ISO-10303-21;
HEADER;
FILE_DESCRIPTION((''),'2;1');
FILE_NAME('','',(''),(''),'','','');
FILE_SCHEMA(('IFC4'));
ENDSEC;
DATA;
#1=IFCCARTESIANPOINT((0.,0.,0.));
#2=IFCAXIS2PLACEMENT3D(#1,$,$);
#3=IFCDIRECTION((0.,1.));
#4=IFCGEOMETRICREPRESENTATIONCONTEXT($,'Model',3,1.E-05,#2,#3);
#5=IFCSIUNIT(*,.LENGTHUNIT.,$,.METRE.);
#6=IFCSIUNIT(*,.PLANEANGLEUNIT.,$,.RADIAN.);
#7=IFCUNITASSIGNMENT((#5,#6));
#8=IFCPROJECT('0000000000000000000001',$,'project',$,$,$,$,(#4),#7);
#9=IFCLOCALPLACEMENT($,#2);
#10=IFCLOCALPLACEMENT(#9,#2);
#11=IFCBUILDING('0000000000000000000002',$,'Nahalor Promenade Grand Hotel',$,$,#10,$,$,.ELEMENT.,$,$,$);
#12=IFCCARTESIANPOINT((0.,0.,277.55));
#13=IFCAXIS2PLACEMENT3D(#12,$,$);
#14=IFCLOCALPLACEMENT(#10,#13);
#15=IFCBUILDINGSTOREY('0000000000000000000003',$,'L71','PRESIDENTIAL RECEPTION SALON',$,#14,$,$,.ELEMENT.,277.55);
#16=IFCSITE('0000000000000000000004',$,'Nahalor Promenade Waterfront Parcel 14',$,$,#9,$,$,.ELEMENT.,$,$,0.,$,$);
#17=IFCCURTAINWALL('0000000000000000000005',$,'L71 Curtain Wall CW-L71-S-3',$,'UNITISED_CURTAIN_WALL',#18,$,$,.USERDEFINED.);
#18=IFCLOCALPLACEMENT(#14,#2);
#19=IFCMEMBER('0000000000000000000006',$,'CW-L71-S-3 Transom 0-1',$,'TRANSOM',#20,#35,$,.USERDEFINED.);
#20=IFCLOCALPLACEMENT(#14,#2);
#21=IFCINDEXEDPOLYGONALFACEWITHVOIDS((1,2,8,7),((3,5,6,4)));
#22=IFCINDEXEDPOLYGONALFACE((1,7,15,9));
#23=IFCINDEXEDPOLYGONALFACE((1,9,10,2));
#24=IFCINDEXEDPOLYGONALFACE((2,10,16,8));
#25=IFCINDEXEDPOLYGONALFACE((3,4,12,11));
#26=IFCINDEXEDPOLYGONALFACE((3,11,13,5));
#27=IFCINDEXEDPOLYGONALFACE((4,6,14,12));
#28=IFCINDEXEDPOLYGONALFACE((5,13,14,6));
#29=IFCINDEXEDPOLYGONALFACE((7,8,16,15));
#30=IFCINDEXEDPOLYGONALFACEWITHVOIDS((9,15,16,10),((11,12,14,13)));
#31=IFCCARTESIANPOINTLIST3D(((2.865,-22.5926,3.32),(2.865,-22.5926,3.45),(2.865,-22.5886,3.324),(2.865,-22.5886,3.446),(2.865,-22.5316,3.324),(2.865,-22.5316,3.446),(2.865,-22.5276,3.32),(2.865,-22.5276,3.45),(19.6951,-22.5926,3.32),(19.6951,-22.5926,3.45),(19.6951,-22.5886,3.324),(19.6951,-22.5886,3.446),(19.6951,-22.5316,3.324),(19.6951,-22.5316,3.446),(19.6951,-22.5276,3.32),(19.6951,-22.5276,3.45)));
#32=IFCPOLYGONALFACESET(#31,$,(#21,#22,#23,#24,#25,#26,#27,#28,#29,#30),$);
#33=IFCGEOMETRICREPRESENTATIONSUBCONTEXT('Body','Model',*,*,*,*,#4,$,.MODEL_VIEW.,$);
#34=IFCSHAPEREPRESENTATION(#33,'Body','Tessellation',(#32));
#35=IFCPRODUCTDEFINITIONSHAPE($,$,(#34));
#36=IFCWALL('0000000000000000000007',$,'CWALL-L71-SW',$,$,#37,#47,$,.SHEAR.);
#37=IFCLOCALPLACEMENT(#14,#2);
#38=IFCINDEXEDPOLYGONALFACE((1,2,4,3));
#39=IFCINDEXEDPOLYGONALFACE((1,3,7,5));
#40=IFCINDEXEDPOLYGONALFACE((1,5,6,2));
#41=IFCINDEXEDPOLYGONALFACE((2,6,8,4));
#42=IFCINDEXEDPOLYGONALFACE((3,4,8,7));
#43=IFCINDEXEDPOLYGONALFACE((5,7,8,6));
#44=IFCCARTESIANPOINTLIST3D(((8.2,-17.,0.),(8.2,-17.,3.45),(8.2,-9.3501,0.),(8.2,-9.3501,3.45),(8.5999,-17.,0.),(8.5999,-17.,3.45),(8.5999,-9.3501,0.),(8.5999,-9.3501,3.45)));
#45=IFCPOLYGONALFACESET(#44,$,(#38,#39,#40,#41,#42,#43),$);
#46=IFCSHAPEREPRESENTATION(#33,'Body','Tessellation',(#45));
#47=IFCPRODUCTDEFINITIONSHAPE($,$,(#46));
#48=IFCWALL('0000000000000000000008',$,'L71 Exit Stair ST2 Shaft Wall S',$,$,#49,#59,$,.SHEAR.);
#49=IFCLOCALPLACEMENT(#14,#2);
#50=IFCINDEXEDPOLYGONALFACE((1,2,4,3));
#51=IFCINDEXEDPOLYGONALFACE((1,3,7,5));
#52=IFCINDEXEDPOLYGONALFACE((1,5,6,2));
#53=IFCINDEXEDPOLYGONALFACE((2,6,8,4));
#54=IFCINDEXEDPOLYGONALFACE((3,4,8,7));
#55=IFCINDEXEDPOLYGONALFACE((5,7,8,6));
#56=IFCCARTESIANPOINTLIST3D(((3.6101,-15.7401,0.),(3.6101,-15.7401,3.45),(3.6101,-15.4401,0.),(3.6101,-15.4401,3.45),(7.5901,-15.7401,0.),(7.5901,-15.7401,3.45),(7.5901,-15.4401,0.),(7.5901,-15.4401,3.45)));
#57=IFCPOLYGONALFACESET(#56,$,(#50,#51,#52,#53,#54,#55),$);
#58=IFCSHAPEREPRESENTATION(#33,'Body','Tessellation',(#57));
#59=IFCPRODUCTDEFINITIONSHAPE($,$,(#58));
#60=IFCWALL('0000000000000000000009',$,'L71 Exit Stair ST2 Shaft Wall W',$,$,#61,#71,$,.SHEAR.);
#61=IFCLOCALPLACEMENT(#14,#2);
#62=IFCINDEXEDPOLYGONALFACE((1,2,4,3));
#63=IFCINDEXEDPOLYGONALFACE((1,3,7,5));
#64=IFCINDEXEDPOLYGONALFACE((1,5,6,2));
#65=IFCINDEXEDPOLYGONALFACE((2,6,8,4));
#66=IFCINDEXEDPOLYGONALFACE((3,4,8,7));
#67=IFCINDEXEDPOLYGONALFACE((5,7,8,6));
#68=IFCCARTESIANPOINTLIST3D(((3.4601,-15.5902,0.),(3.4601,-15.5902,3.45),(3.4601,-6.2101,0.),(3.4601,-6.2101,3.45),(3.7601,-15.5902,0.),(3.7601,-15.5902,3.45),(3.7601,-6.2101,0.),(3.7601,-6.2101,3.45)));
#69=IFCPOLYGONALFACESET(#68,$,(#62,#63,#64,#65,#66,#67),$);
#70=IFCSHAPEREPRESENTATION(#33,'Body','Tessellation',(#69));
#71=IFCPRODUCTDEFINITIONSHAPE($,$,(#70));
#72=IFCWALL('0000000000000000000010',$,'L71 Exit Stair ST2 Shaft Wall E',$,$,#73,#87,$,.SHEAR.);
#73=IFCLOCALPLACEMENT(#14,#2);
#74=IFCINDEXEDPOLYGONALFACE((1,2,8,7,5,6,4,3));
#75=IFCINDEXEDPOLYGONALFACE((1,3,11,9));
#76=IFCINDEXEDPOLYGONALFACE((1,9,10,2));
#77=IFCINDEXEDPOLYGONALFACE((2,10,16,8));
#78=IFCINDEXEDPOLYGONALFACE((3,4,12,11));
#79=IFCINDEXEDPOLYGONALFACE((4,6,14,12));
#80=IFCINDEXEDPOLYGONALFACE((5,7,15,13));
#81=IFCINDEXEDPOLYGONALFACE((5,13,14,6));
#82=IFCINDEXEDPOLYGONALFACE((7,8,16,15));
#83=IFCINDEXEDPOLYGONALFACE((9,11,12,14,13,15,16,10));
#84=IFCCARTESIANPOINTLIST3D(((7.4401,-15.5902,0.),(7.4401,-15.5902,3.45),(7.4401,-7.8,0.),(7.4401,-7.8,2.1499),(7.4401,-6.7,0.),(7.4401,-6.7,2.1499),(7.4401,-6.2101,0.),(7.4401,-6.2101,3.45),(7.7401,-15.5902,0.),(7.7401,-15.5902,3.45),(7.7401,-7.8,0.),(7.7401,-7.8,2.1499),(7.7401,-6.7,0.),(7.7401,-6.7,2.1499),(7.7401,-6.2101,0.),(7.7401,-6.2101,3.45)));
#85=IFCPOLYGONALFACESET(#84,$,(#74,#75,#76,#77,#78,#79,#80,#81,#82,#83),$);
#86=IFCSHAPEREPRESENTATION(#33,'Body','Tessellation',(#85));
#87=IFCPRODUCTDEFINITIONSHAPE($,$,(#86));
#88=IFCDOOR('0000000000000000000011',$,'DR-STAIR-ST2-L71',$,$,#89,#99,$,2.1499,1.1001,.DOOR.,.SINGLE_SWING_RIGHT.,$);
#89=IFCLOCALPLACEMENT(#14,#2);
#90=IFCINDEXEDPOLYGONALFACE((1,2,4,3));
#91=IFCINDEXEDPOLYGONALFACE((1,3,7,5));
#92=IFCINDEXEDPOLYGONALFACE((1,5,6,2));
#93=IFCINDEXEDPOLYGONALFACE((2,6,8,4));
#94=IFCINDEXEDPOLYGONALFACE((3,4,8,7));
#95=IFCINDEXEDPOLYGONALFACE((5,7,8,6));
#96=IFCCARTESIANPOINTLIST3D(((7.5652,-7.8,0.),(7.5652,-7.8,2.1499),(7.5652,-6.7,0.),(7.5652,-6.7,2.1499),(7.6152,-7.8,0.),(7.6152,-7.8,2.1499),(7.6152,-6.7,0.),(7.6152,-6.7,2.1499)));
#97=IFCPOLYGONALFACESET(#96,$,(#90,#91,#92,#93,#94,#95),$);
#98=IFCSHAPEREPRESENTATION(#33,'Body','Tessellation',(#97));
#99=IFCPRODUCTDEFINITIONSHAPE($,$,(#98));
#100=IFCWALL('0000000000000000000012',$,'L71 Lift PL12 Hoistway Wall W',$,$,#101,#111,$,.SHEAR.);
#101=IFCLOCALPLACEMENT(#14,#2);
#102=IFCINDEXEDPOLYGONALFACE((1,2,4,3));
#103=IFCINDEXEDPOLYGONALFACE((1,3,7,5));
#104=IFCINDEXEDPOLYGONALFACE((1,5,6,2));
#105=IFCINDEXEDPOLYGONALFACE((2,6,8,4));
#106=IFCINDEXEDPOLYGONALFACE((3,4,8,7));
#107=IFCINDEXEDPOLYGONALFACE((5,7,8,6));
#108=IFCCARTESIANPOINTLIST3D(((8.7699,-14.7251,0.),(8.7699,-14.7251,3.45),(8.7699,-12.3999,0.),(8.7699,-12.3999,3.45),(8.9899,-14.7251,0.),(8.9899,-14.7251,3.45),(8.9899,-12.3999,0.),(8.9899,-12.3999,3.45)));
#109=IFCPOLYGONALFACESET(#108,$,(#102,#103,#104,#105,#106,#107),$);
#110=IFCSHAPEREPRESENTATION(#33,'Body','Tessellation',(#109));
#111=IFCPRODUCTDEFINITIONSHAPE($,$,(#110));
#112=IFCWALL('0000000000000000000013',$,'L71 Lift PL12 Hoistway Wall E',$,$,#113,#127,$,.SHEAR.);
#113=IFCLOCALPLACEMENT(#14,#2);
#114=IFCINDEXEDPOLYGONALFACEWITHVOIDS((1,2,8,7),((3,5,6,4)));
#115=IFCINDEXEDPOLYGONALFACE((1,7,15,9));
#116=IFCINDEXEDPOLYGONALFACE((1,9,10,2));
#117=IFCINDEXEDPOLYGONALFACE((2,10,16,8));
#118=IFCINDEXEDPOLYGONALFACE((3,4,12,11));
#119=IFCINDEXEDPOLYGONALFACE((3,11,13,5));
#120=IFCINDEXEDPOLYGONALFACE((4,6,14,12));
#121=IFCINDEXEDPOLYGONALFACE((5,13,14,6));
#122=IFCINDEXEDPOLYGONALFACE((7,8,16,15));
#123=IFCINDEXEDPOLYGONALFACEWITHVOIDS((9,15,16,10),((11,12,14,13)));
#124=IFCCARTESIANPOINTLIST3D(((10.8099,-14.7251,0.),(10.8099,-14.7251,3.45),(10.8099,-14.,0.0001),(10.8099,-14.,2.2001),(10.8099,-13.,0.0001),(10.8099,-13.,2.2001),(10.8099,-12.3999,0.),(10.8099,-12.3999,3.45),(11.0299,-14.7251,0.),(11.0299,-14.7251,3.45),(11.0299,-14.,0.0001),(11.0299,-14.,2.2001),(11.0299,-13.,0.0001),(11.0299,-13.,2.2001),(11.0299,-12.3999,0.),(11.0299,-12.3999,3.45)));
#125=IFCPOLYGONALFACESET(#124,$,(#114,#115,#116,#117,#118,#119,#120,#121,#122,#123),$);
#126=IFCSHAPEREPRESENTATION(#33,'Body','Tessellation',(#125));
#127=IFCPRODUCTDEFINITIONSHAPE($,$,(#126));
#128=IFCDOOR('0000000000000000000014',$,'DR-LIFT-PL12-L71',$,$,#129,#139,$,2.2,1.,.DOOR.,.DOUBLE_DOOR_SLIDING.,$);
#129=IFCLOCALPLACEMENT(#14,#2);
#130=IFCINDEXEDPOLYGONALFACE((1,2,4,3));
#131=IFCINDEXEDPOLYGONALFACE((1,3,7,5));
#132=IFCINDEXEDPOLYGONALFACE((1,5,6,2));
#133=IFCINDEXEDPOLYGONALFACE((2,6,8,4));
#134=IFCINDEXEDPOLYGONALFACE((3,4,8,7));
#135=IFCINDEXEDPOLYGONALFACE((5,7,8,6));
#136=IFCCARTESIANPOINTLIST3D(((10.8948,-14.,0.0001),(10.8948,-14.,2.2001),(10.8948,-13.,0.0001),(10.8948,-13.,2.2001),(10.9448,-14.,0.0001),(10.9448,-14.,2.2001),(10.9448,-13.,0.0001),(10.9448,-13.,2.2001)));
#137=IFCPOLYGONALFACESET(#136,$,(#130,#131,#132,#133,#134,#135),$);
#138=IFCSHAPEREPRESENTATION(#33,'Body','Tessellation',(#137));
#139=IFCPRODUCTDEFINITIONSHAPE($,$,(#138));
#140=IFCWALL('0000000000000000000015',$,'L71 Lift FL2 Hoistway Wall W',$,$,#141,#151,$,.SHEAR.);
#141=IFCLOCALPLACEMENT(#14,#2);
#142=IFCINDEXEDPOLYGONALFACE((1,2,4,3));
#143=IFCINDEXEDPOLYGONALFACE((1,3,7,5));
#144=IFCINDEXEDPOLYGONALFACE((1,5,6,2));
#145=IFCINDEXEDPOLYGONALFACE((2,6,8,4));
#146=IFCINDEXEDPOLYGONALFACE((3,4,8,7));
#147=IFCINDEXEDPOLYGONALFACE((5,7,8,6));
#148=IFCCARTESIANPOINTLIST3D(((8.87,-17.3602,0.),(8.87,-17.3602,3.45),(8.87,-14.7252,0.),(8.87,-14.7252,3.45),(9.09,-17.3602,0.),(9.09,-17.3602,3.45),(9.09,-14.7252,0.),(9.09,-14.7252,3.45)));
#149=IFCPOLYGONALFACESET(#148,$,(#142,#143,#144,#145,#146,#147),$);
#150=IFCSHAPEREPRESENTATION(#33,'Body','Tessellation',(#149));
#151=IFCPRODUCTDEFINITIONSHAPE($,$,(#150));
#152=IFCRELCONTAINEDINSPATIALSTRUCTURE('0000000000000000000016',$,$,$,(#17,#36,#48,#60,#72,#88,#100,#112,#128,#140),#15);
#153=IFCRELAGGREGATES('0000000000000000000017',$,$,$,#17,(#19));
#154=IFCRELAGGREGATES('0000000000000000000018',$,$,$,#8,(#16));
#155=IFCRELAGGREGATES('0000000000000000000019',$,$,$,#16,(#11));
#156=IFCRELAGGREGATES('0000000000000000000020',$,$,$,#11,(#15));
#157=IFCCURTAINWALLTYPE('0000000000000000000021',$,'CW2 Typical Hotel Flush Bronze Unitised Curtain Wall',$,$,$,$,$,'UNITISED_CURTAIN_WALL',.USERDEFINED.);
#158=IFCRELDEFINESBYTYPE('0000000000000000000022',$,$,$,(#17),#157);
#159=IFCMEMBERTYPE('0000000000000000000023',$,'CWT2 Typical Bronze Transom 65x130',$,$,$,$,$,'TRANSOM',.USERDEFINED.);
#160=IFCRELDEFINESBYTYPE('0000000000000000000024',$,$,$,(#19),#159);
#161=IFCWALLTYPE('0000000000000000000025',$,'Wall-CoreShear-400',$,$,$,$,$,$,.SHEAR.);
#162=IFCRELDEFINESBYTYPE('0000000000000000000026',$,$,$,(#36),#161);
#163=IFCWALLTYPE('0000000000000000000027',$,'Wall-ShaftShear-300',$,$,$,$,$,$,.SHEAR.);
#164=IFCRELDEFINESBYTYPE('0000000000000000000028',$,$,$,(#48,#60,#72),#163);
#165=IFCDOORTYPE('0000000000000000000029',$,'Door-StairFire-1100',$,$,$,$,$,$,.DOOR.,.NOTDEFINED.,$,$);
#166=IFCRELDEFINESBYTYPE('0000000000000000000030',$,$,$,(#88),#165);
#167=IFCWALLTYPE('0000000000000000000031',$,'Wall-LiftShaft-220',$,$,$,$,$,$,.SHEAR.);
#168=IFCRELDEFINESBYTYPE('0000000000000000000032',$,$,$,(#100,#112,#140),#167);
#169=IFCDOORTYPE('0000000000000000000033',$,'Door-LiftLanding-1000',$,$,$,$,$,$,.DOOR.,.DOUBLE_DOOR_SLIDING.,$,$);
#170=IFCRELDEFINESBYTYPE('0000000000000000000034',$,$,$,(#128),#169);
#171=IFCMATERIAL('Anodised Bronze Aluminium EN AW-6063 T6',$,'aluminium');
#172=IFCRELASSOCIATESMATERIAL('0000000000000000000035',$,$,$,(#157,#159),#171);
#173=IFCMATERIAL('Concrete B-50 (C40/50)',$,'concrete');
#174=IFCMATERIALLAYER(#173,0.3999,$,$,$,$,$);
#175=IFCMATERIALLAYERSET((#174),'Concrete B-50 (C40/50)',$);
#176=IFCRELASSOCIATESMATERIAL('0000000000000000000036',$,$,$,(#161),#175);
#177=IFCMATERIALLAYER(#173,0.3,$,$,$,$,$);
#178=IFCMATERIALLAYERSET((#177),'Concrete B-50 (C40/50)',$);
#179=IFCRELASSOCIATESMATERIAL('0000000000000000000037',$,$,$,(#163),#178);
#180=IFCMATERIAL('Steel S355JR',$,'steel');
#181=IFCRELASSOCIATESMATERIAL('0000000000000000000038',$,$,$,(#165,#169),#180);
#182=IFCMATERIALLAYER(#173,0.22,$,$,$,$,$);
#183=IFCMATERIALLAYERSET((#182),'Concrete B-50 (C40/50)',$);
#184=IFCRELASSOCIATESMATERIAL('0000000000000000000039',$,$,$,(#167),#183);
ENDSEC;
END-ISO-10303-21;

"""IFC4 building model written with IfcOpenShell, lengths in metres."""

from ifc_helpers import new_model, si_unit, direction, frame, frame_2d, origin, origin_2d, place, context, subcontext, project, spatial, rectangle, hollow_rectangle, extrude, source, transform, mapped, material, layer, layer_set, material_profile, profile_set, type_object, element, fill, aggregate, save


model = new_model("IFC4")

# Units and contexts
model_context = context("Model", 3, precision=1e-05, world=origin(), true_north=direction((0.0, 1.0)))
body_context = subcontext(model_context, "Body", "Model", "MODEL_VIEW")
ifc_project = project(units=[si_unit("LENGTHUNIT", "METRE"), si_unit("PLANEANGLEUNIT", "RADIAN")], contexts=[model_context])

# Site, building, storey
site_placement = place(None, origin())
site = spatial("IfcSite", under=ifc_project, at=site_placement, Name="Nahalor Promenade Waterfront Parcel 14", CompositionType="ELEMENT", RefElevation=0.0)
building_placement = place(site_placement, origin())
building = spatial("IfcBuilding", under=site, at=building_placement, Name="Nahalor Promenade Grand Hotel", CompositionType="ELEMENT")
storey_placement = place(building_placement, frame((0.0, 0.0, 277.55)))
storey = spatial("IfcBuildingStorey", under=building, at=storey_placement, Name="L71", Description="PRESIDENTIAL RECEPTION SALON", CompositionType="ELEMENT", Elevation=277.55)

# Shared definitions
ifc_material_1 = material(Name="Concrete B-50 (C40/50)", Category="concrete")
ifc_material_2 = material(Name="Steel S355JR", Category="steel")

# Curtain wall, member
ifc_material_3 = material(Name="Anodised Bronze Aluminium EN AW-6063 T6", Category="aluminium")
curtain_wall_type = type_object("IfcCurtainWallType", Name="CW2 Typical Hotel Flush Bronze Unitised Curtain Wall", ElementType="UNITISED_CURTAIN_WALL", PredefinedType="USERDEFINED", material=ifc_material_3)
curtain_wall_placement = place(storey_placement, origin())
curtain_wall = element("IfcCurtainWall", 1, at=curtain_wall_placement, inside=storey, type_object=curtain_wall_type, Name="L71 Curtain Wall CW-L71-S-3", ObjectType="UNITISED_CURTAIN_WALL", PredefinedType="USERDEFINED")
ifc_material_profile_1 = material_profile(ifc_material_3, hollow_rectangle(XDim=0.065, YDim=0.13, WallThickness=0.004, at=origin_2d()), Name="CWT 65x130x4")
ifc_profile_set_1 = profile_set([ifc_material_profile_1], Name="Anodised Bronze Aluminium EN AW-6063 T6")
member_type_1 = type_object("IfcMemberType", Name="CWT2 Typical Bronze Transom 65x130", ElementType="TRANSOM", PredefinedType="USERDEFINED", material=ifc_profile_set_1)
shared_shape_1 = source(origin(), body_context, "Body", "SweptSolid", [
    extrude(hollow_rectangle(XDim=0.065, YDim=0.13, WallThickness=0.004, at=origin_2d()), origin(), (0.0, 0.0, 1.0), 16.8301),
])
member_1_placement = place(storey_placement, frame((2.865, -22.5601, 3.385), z_axis=(1.0, 0.0, 0.0), x_axis=(0.0, 1.0, 0.0)))
member_1 = element("IfcMember", 2, at=member_1_placement, type_object=member_type_1, Name="CW-L71-S-3 Transom 0-1", ObjectType="TRANSOM", PredefinedType="USERDEFINED", context=body_context, shape_type="MappedRepresentation", body=[
    mapped(shared_shape_1, transform((0.0, 0.0, 0.0), scale=1.0)),
])
aggregate(curtain_wall, [member_1])

# Walls
ifc_layer_1 = layer(ifc_material_1, 0.3999)
ifc_layer_set_1 = layer_set([ifc_layer_1], Name="Concrete B-50 (C40/50)")
wall_type_1 = type_object("IfcWallType", Name="Wall-CoreShear-400", PredefinedType="SHEAR", material=ifc_layer_set_1)
shared_shape_2 = source(origin(), body_context, "Body", "SweptSolid", [
    extrude(rectangle(XDim=7.6499, YDim=0.3999, at=frame_2d((3.825, 0.0))), origin(), (0.0, 0.0, 1.0), 3.45),
])
wall_1_placement = place(storey_placement, frame((8.3999, -17.0, 0.0), z_axis=(0.0, 0.0, 1.0), x_axis=(0.0, 1.0, 0.0)))
element("IfcWall", 3, at=wall_1_placement, inside=storey, type_object=wall_type_1, Name="CWALL-L71-SW", PredefinedType="SHEAR", context=body_context, shape_type="MappedRepresentation", body=[
    mapped(shared_shape_2, transform((0.0, 0.0, 0.0), scale=1.0)),
])
ifc_layer_2 = layer(ifc_material_1, 0.3)
ifc_layer_set_2 = layer_set([ifc_layer_2], Name="Concrete B-50 (C40/50)")
wall_type_2 = type_object("IfcWallType", Name="Wall-ShaftShear-300", PredefinedType="SHEAR", material=ifc_layer_set_2)
shared_shape_3 = source(origin(), body_context, "Body", "SweptSolid", [
    extrude(rectangle(XDim=3.98, YDim=0.3, at=frame_2d((1.99, 0.0))), origin(), (0.0, 0.0, 1.0), 3.45),
])
wall_2_placement = place(storey_placement, frame((3.6101, -15.5901, 0.0), z_axis=(0.0, 0.0, 1.0), x_axis=(1.0, 0.0, 0.0)))
element("IfcWall", 4, at=wall_2_placement, inside=storey, type_object=wall_type_2, Name="L71 Exit Stair ST2 Shaft Wall S", PredefinedType="SHEAR", context=body_context, shape_type="MappedRepresentation", body=[
    mapped(shared_shape_3, transform((0.0, 0.0, 0.0), scale=1.0)),
])
shared_shape_4 = source(origin(), body_context, "Body", "SweptSolid", [
    extrude(rectangle(XDim=9.3801, YDim=0.3, at=frame_2d((4.6899, 0.0))), origin(), (0.0, 0.0, 1.0), 3.45),
])
wall_3_placement = place(storey_placement, frame((3.6101, -15.5901, 0.0), z_axis=(0.0, 0.0, 1.0), x_axis=(0.0, 1.0, 0.0)))
element("IfcWall", 5, at=wall_3_placement, inside=storey, type_object=wall_type_2, Name="L71 Exit Stair ST2 Shaft Wall W", PredefinedType="SHEAR", context=body_context, shape_type="MappedRepresentation", body=[
    mapped(shared_shape_4, transform((0.0, 0.0, 0.0), scale=1.0)),
])

# Wall, opening, door
wall_4_placement = place(storey_placement, frame((7.5901, -15.5901, 0.0), z_axis=(0.0, 0.0, 1.0), x_axis=(0.0, 1.0, 0.0)))
wall_4 = element("IfcWall", 6, at=wall_4_placement, inside=storey, type_object=wall_type_2, Name="L71 Exit Stair ST2 Shaft Wall E", PredefinedType="SHEAR", context=body_context, shape_type="MappedRepresentation", body=[
    mapped(shared_shape_4, transform((0.0, 0.0, 0.0), scale=1.0)),
])
opening_1_placement = place(wall_4_placement, frame((7.79, 0.0, 0.0)))
opening_1 = element("IfcOpeningElement", 7, at=opening_1_placement, cuts=wall_4, PredefinedType="OPENING", context=body_context, shape_type="SweptSolid", body=[
    extrude(rectangle(XDim=1.1001, YDim=2.1499, at=frame_2d((0.55, 1.075))), frame((0.0, 0.1599, 0.0), z_axis=(0.0, -1.0, 0.0), x_axis=(1.0, 0.0, 0.0)), (0.0, 0.0, 1.0), 0.3201),
])
door_type_1 = type_object("IfcDoorType", Name="Door-StairFire-1100", OperationType="NOTDEFINED", PredefinedType="DOOR", material=ifc_material_2)
shared_shape_5 = source(origin(), body_context, "Body", "SweptSolid", [
    extrude(rectangle(XDim=1.1001, YDim=2.1499, at=frame_2d((0.55, 1.075))), frame((0.0, 0.0249, 0.0), z_axis=(0.0, -1.0, 0.0), x_axis=(1.0, 0.0, 0.0)), (0.0, 0.0, 1.0), 0.05),
])
door_1_placement = place(opening_1_placement, origin())
door_1 = element("IfcDoor", 8, at=door_1_placement, inside=storey, type_object=door_type_1, Name="DR-STAIR-ST2-L71", OperationType="SINGLE_SWING_RIGHT", OverallHeight=2.1499, OverallWidth=1.1001, PredefinedType="DOOR", context=body_context, shape_type="MappedRepresentation", body=[
    mapped(shared_shape_5, transform((0.0, 0.0, 0.0), scale=1.0)),
])
fill(opening_1, door_1)

# Wall
ifc_layer_3 = layer(ifc_material_1, 0.22)
ifc_layer_set_3 = layer_set([ifc_layer_3], Name="Concrete B-50 (C40/50)")
wall_type_3 = type_object("IfcWallType", Name="Wall-LiftShaft-220", PredefinedType="SHEAR", material=ifc_layer_set_3)
shared_shape_6 = source(origin(), body_context, "Body", "SweptSolid", [
    extrude(rectangle(XDim=2.3252, YDim=0.22, at=frame_2d((1.1626, 0.0))), origin(), (0.0, 0.0, 1.0), 3.45),
])
wall_5_placement = place(storey_placement, frame((8.8799, -14.7251, 0.0), z_axis=(0.0, 0.0, 1.0), x_axis=(0.0, 1.0, 0.0)))
element("IfcWall", 9, at=wall_5_placement, inside=storey, type_object=wall_type_3, Name="L71 Lift PL12 Hoistway Wall W", PredefinedType="SHEAR", context=body_context, shape_type="MappedRepresentation", body=[
    mapped(shared_shape_6, transform((0.0, 0.0, 0.0), scale=1.0)),
])

# Wall, opening, door
wall_6_placement = place(storey_placement, frame((10.9199, -14.7251, 0.0), z_axis=(0.0, 0.0, 1.0), x_axis=(0.0, 1.0, 0.0)))
wall_6 = element("IfcWall", 10, at=wall_6_placement, inside=storey, type_object=wall_type_3, Name="L71 Lift PL12 Hoistway Wall E", PredefinedType="SHEAR", context=body_context, shape_type="MappedRepresentation", body=[
    mapped(shared_shape_6, transform((0.0, 0.0, 0.0), scale=1.0)),
])
opening_2_placement = place(wall_6_placement, frame((0.7251, 0.0, 0.0)))
opening_2 = element("IfcOpeningElement", 11, at=opening_2_placement, cuts=wall_6, PredefinedType="OPENING", context=body_context, shape_type="SweptSolid", body=[
    extrude(rectangle(XDim=1.0, YDim=2.2, at=frame_2d((0.5, 1.1001))), frame((0.0, 0.1199, 0.0), z_axis=(0.0, -1.0, 0.0), x_axis=(1.0, 0.0, 0.0)), (0.0, 0.0, 1.0), 0.24),
])
door_type_2 = type_object("IfcDoorType", Name="Door-LiftLanding-1000", OperationType="DOUBLE_DOOR_SLIDING", PredefinedType="DOOR", material=ifc_material_2)
shared_shape_7 = source(origin(), body_context, "Body", "SweptSolid", [
    extrude(rectangle(XDim=1.0, YDim=2.2, at=frame_2d((0.5, 1.1001))), frame((0.0, 0.0249, 0.0), z_axis=(0.0, -1.0, 0.0), x_axis=(1.0, 0.0, 0.0)), (0.0, 0.0, 1.0), 0.05),
])
door_2_placement = place(opening_2_placement, frame((1.0, 0.0, 0.0), z_axis=(0.0, 0.0, 1.0), x_axis=(-1.0, 0.0, 0.0)))
door_2 = element("IfcDoor", 12, at=door_2_placement, inside=storey, type_object=door_type_2, Name="DR-LIFT-PL12-L71", OperationType="DOUBLE_DOOR_SLIDING", OverallHeight=2.2, OverallWidth=1.0, PredefinedType="DOOR", context=body_context, shape_type="MappedRepresentation", body=[
    mapped(shared_shape_7, transform((0.0, 0.0, 0.0), scale=1.0)),
])
fill(opening_2, door_2)

# Wall
shared_shape_8 = source(origin(), body_context, "Body", "SweptSolid", [
    extrude(rectangle(XDim=2.635, YDim=0.22, at=frame_2d((1.3174, 0.0))), origin(), (0.0, 0.0, 1.0), 3.45),
])
wall_7_placement = place(storey_placement, frame((8.98, -17.3601, 0.0), z_axis=(0.0, 0.0, 1.0), x_axis=(0.0, 1.0, 0.0)))
element("IfcWall", 13, at=wall_7_placement, inside=storey, type_object=wall_type_3, Name="L71 Lift FL2 Hoistway Wall W", PredefinedType="SHEAR", context=body_context, shape_type="MappedRepresentation", body=[
    mapped(shared_shape_8, transform((0.0, 0.0, 0.0), scale=1.0)),
])

save(model, "model.ifc")
